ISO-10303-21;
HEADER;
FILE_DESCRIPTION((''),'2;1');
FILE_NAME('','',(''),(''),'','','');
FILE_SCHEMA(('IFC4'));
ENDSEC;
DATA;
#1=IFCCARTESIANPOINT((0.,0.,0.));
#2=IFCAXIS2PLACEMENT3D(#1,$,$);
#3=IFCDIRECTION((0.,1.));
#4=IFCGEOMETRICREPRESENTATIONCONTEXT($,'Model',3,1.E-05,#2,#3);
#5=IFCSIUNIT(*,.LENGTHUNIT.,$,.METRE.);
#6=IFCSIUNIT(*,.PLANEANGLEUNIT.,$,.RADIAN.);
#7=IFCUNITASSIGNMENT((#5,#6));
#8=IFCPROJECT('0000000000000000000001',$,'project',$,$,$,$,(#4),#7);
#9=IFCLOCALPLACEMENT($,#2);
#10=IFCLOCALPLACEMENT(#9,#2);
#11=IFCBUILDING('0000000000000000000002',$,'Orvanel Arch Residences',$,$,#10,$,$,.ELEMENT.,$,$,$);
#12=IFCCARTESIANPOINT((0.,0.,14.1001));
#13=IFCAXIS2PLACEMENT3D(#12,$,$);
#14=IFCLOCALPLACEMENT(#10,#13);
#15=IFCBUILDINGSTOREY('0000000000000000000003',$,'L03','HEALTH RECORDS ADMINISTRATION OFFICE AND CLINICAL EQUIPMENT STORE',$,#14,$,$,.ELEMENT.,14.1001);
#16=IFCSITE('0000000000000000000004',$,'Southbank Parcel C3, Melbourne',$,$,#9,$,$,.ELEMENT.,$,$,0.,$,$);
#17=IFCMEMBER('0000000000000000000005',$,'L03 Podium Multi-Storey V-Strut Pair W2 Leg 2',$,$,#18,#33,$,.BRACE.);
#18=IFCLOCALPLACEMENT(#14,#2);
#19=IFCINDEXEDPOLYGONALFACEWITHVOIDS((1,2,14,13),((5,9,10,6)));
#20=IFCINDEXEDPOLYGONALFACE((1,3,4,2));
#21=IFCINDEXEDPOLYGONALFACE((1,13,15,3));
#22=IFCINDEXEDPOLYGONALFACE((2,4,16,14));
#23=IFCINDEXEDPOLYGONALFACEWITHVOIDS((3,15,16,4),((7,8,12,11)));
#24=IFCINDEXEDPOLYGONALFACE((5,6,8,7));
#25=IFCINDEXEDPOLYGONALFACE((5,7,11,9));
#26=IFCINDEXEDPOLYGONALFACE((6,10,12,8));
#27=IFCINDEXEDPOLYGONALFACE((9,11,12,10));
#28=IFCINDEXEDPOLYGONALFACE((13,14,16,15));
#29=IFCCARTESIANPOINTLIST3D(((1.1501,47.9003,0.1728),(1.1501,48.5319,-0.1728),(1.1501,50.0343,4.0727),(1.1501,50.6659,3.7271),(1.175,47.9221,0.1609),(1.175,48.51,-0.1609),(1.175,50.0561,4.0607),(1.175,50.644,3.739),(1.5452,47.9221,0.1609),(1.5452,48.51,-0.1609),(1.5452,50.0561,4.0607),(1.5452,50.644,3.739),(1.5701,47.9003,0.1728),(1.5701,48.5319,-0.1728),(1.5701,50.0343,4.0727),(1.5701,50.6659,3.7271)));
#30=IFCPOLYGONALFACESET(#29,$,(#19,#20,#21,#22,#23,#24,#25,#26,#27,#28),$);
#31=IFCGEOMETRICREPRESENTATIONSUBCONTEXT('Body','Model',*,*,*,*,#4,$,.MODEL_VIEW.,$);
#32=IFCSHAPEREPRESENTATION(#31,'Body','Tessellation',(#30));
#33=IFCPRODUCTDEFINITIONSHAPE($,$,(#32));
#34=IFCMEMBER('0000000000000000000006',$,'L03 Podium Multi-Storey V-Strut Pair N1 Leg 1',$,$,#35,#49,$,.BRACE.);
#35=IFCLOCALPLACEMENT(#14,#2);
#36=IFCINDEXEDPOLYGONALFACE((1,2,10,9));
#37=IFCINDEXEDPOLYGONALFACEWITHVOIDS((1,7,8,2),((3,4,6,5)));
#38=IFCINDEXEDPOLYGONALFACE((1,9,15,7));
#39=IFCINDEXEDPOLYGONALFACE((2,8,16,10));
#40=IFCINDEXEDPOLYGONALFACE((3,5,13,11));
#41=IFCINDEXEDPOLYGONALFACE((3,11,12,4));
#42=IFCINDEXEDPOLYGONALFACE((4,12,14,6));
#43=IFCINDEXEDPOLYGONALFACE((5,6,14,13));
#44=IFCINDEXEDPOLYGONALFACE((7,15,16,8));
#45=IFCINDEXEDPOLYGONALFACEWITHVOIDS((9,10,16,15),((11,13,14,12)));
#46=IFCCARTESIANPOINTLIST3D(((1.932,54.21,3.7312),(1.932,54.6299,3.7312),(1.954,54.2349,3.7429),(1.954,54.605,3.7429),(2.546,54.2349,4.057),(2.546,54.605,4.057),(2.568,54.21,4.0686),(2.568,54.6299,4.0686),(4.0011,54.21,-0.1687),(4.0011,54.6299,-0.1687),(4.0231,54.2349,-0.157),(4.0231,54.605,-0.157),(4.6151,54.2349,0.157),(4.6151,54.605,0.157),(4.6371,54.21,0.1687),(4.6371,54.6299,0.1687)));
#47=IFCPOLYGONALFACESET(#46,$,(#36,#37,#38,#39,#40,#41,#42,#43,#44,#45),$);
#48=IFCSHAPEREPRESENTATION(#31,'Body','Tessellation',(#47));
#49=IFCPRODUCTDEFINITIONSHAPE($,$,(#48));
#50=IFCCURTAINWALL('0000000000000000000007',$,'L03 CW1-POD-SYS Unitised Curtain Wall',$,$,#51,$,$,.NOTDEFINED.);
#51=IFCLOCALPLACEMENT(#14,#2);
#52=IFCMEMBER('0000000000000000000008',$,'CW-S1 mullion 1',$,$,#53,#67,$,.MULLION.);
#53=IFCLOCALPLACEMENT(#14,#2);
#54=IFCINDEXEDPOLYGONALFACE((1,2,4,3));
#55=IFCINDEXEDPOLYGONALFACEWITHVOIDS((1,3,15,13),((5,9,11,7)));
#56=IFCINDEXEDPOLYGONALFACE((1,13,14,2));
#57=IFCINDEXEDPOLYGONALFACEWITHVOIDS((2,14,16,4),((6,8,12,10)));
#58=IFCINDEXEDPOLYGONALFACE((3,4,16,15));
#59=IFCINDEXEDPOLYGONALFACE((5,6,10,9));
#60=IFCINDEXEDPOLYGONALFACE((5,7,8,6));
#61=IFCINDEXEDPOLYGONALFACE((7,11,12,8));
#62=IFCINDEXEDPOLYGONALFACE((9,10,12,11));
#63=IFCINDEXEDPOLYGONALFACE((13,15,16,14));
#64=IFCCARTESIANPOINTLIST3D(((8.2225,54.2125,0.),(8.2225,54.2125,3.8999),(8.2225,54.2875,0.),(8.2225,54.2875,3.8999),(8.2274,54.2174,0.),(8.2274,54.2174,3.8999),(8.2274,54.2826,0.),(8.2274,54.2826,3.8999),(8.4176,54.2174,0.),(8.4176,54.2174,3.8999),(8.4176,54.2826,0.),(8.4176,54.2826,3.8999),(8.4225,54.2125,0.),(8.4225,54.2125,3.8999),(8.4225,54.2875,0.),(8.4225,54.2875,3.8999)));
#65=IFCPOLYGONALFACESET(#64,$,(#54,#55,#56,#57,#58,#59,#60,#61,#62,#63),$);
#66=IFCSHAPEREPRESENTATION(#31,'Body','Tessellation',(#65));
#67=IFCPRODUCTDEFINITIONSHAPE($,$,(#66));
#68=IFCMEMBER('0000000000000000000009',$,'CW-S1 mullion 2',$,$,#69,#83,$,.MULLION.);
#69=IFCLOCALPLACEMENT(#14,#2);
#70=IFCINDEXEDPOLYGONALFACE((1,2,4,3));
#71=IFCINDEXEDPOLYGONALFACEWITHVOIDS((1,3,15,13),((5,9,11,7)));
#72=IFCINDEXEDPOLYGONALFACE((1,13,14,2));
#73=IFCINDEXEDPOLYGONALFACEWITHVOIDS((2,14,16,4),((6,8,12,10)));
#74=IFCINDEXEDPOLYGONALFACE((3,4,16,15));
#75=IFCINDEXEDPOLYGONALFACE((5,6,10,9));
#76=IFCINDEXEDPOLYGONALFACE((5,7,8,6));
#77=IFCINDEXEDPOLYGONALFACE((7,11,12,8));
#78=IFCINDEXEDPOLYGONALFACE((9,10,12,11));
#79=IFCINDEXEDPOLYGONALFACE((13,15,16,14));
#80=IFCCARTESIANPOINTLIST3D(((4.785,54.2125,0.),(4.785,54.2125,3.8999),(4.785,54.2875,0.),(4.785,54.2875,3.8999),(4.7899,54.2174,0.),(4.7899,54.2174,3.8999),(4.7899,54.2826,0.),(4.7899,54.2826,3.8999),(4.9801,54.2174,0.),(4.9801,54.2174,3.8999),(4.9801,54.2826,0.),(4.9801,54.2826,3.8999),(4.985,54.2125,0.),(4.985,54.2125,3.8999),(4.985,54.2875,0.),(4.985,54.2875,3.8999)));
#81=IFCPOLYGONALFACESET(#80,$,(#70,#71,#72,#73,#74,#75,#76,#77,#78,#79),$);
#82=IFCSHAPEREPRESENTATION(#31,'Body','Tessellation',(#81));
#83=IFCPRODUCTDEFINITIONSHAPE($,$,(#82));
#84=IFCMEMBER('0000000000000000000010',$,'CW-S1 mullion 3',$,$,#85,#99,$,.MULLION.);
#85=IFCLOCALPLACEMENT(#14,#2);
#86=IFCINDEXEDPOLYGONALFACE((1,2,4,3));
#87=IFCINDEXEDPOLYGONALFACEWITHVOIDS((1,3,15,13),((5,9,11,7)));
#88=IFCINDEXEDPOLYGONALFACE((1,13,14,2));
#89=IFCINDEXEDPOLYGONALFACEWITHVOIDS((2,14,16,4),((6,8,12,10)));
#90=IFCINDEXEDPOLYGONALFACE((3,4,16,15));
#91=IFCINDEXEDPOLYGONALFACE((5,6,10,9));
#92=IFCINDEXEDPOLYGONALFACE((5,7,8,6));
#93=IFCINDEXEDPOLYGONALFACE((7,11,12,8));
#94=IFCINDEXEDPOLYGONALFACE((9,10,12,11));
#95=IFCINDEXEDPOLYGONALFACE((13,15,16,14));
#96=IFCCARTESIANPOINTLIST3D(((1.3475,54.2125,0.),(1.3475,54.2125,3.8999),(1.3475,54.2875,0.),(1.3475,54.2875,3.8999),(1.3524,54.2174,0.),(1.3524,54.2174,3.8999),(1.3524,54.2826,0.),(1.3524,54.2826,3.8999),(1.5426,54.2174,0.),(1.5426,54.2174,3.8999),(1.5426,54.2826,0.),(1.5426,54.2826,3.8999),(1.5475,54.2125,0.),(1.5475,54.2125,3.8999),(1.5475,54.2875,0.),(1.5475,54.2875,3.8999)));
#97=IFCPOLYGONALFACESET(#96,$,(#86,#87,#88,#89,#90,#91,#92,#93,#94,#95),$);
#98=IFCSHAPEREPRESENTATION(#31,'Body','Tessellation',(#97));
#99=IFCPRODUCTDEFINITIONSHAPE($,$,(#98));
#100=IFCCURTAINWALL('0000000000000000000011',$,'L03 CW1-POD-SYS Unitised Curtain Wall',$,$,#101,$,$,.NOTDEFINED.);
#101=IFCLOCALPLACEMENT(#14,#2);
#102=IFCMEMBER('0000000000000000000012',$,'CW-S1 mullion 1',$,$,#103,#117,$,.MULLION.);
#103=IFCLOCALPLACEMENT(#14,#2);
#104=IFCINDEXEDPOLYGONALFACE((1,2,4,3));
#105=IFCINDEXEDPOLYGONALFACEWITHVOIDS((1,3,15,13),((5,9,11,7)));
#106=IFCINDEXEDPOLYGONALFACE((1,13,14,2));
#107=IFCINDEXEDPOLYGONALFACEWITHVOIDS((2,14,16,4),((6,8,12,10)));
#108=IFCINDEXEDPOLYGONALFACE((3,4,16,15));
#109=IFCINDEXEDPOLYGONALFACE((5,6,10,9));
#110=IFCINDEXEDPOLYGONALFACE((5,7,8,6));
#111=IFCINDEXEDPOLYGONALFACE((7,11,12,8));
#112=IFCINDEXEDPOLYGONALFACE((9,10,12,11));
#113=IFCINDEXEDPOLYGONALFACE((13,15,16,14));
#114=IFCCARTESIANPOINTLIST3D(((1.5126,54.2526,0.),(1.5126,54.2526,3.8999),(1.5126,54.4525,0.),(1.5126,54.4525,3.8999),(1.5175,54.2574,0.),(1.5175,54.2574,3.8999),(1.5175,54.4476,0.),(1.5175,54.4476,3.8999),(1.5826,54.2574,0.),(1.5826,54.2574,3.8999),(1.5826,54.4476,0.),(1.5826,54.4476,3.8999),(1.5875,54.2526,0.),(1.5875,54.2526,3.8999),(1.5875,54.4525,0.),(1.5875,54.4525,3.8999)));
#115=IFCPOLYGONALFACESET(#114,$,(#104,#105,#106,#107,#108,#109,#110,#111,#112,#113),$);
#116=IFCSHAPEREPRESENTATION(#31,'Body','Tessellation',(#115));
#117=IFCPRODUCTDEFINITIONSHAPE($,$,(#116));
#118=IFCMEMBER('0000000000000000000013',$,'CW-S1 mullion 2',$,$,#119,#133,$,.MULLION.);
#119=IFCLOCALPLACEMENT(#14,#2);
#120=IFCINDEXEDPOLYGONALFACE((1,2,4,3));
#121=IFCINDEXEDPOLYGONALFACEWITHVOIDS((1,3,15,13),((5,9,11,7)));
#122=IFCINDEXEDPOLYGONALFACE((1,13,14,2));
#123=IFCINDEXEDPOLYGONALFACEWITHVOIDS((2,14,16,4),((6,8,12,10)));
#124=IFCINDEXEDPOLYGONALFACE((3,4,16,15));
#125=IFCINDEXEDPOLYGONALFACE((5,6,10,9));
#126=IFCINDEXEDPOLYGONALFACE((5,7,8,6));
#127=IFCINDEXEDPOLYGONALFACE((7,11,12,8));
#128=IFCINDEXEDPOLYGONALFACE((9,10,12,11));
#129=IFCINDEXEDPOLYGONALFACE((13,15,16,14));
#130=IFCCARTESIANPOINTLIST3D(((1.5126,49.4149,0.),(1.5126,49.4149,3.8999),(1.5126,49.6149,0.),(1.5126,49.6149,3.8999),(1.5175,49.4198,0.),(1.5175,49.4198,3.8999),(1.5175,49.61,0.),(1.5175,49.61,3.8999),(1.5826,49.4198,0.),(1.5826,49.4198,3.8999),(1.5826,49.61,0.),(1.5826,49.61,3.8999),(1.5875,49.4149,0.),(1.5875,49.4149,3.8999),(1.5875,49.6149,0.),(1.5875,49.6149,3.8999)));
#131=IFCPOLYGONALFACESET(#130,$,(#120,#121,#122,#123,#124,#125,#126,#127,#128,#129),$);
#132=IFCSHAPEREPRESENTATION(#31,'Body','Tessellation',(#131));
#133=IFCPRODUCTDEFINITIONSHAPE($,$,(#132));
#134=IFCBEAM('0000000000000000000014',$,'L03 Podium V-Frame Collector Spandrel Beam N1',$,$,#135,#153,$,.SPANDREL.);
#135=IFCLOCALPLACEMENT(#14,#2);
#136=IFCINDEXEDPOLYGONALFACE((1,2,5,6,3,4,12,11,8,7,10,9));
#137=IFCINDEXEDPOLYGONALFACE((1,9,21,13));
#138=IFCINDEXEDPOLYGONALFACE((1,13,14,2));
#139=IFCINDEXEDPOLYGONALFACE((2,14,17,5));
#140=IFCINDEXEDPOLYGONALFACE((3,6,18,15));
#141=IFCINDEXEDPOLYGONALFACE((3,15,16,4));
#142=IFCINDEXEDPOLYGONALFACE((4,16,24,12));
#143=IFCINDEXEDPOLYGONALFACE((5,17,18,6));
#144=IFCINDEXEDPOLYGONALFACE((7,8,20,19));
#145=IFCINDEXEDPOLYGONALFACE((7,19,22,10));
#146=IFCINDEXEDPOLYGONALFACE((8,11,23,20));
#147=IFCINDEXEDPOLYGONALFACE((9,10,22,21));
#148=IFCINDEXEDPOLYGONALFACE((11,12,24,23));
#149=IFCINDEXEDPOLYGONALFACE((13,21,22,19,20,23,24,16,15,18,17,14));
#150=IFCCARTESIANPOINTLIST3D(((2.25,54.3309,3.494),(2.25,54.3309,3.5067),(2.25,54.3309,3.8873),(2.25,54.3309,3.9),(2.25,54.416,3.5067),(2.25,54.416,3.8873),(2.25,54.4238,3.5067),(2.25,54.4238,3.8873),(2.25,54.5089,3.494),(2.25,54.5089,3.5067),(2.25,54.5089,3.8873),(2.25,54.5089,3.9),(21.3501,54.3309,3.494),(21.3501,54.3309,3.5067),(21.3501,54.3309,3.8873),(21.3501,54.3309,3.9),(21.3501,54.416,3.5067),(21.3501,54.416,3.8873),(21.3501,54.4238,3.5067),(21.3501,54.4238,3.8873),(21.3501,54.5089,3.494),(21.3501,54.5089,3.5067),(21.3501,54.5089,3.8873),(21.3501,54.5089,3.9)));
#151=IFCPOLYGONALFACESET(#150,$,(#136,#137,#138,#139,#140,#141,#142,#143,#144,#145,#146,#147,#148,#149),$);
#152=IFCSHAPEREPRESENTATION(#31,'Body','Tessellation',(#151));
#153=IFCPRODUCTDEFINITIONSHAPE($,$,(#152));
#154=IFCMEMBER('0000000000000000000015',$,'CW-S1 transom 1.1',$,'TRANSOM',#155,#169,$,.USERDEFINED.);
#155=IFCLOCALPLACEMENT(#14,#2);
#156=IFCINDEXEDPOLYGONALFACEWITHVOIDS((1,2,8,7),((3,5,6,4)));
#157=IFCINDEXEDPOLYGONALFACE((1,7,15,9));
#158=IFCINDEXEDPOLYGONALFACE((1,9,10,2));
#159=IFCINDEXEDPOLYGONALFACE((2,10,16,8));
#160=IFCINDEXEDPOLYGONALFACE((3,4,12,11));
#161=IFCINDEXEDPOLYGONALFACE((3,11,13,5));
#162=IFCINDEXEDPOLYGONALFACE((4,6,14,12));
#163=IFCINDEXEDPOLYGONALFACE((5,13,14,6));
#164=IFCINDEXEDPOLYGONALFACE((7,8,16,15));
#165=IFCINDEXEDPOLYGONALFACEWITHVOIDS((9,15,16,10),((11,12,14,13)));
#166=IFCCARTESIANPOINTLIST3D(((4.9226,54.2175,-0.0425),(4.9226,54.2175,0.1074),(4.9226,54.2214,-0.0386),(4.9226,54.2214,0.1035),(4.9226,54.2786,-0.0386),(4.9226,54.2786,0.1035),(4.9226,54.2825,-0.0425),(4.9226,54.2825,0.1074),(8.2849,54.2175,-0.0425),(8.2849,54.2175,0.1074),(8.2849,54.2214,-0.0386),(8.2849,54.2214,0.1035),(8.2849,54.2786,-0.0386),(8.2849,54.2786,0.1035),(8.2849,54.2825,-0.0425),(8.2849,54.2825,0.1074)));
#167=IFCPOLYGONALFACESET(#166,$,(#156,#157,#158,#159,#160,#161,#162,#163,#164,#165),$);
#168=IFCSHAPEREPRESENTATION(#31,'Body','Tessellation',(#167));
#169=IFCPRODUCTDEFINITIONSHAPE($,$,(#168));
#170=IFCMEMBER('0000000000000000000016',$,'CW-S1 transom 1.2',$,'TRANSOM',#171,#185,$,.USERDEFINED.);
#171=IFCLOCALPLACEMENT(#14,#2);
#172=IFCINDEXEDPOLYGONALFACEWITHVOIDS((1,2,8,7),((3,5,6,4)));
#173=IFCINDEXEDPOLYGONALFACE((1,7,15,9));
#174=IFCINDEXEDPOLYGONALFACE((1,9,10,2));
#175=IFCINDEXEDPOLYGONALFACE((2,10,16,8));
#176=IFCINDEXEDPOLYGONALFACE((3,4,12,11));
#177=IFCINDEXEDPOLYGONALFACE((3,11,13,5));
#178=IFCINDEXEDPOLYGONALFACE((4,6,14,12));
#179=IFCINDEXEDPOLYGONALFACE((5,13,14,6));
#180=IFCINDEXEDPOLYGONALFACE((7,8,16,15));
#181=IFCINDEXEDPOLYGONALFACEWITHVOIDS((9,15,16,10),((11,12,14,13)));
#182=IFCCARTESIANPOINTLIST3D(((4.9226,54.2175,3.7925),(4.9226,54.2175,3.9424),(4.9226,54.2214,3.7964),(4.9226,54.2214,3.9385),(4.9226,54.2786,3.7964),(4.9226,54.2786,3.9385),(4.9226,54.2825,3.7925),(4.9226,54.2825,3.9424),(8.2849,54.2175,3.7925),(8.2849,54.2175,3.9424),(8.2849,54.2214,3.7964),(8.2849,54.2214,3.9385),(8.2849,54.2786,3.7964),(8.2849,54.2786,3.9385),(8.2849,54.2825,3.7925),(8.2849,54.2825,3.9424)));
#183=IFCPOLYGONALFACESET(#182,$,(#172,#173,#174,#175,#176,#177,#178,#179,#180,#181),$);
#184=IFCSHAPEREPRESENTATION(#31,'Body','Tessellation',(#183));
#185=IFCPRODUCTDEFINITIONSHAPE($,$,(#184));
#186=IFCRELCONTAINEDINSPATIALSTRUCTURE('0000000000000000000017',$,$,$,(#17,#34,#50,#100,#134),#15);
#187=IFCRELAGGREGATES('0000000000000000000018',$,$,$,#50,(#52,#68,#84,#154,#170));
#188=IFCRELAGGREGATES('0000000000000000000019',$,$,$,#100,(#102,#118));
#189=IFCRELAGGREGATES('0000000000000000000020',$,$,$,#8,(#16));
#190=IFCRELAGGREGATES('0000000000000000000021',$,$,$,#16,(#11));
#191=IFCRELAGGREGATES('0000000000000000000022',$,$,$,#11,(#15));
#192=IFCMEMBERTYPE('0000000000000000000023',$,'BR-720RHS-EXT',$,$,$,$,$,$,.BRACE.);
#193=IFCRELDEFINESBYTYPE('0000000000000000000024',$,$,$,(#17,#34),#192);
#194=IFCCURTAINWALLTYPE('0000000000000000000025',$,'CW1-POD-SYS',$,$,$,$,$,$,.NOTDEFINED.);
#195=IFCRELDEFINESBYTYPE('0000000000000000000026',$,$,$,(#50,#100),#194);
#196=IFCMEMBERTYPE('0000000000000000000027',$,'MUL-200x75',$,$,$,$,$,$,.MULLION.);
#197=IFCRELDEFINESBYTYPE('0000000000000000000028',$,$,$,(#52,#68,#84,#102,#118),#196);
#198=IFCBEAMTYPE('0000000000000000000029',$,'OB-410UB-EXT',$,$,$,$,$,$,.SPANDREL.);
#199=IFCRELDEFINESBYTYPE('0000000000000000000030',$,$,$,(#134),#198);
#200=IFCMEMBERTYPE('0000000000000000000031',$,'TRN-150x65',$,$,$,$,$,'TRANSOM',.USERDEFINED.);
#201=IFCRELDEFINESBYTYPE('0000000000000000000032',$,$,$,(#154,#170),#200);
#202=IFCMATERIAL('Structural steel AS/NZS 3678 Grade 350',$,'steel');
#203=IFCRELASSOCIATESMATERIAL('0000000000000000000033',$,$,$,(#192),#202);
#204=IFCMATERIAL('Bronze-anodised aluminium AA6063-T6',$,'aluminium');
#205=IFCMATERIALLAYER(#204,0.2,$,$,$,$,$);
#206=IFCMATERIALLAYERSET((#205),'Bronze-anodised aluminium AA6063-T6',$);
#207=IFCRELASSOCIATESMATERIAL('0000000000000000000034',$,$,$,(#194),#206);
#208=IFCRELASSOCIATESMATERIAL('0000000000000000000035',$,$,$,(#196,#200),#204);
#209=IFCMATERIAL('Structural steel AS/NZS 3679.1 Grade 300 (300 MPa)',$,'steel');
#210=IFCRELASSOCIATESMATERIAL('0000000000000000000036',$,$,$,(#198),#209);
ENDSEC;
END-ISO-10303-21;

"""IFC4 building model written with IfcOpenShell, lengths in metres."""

from ifc_helpers import new_model, si_unit, direction, frame, origin, origin_2d, place, context, subcontext, project, spatial, hollow_rectangle, i_section, extrude, material, layer, layer_set, material_profile, profile_set, type_object, element, aggregate, save


model = new_model("IFC4")

# Units and contexts
model_context = context("Model", 3, precision=1e-05, world=origin(), true_north=direction((0.0, 1.0)))
body_context = subcontext(model_context, "Body", "Model", "MODEL_VIEW")
ifc_project = project(units=[si_unit("LENGTHUNIT", "METRE"), si_unit("PLANEANGLEUNIT", "RADIAN")], contexts=[model_context])

# Site, building, storey
site_placement = place(None, origin())
site = spatial("IfcSite", under=ifc_project, at=site_placement, Name="Southbank Parcel C3, Melbourne", CompositionType="ELEMENT", RefElevation=0.0)
building_placement = place(site_placement, origin())
building = spatial("IfcBuilding", under=site, at=building_placement, Name="Orvanel Arch Residences", CompositionType="ELEMENT")
storey_placement = place(building_placement, frame((0.0, 0.0, 14.1001)))
storey = spatial("IfcBuildingStorey", under=building, at=storey_placement, Name="L03", Description="HEALTH RECORDS ADMINISTRATION OFFICE AND CLINICAL EQUIPMENT STORE", CompositionType="ELEMENT", Elevation=14.1001)

# Members
ifc_material_1 = material(Name="Structural steel AS/NZS 3678 Grade 350", Category="steel")
ifc_material_profile_1 = material_profile(ifc_material_1, hollow_rectangle(XDim=0.4199, YDim=0.72, WallThickness=0.0249, at=origin_2d()), Name="RHS720x420x25")
ifc_profile_set_1 = profile_set([ifc_material_profile_1], Name="Structural steel AS/NZS 3678 Grade 350")
member_type_1 = type_object("IfcMemberType", Name="BR-720RHS-EXT", PredefinedType="BRACE", material=ifc_profile_set_1)
member_1_placement = place(storey_placement, frame((1.3601, 48.2161, 0.0), z_axis=(0.0, 0.480033, 0.87725), x_axis=(-1.0, 0.0, 0.0)))
element("IfcMember", 1, at=member_1_placement, inside=storey, type_object=member_type_1, Name="L03 Podium Multi-Storey V-Strut Pair W2 Leg 2", PredefinedType="BRACE", context=body_context, shape_type="SweptSolid", body=[
    extrude(hollow_rectangle(XDim=0.4199, YDim=0.72, WallThickness=0.0249, at=origin_2d()), origin(), (0.0, 0.0, 1.0), 4.4456),
])
member_2_placement = place(storey_placement, frame((4.3191, 54.4199, 0.0), z_axis=(-0.468673, 0.0, 0.883372), x_axis=(0.0, -1.0, 0.0)))
element("IfcMember", 2, at=member_2_placement, inside=storey, type_object=member_type_1, Name="L03 Podium Multi-Storey V-Strut Pair N1 Leg 1", PredefinedType="BRACE", context=body_context, shape_type="SweptSolid", body=[
    extrude(hollow_rectangle(XDim=0.4199, YDim=0.72, WallThickness=0.0249, at=origin_2d()), origin(), (0.0, 0.0, 1.0), 4.4148),
])

# Curtain walls, members
ifc_material_2 = material(Name="Bronze-anodised aluminium AA6063-T6", Category="aluminium")
ifc_layer_1 = layer(ifc_material_2, 0.2)
ifc_layer_set_1 = layer_set([ifc_layer_1], Name="Bronze-anodised aluminium AA6063-T6")
curtain_wall_type = type_object("IfcCurtainWallType", Name="CW1-POD-SYS", PredefinedType="NOTDEFINED", material=ifc_layer_set_1)
curtain_wall_1_placement = place(storey_placement, origin())
curtain_wall_1 = element("IfcCurtainWall", 3, at=curtain_wall_1_placement, inside=storey, type_object=curtain_wall_type, Name="L03 CW1-POD-SYS Unitised Curtain Wall", PredefinedType="NOTDEFINED")
ifc_material_profile_2 = material_profile(ifc_material_2, hollow_rectangle(XDim=0.075, YDim=0.2, WallThickness=0.0049, at=origin_2d()), Name="ALU200x75x5")
ifc_profile_set_2 = profile_set([ifc_material_profile_2], Name="Bronze-anodised aluminium AA6063-T6")
member_type_2 = type_object("IfcMemberType", Name="MUL-200x75", PredefinedType="MULLION", material=ifc_profile_set_2)
member_3_placement = place(storey_placement, frame((8.3225, 54.25, 0.0), z_axis=(0.0, 0.0, 1.0), x_axis=(0.0, -1.0, 0.0)))
member_3 = element("IfcMember", 4, at=member_3_placement, type_object=member_type_2, Name="CW-S1 mullion 1", PredefinedType="MULLION", context=body_context, shape_type="SweptSolid", body=[
    extrude(hollow_rectangle(XDim=0.075, YDim=0.2, WallThickness=0.0049, at=origin_2d()), origin(), (0.0, 0.0, 1.0), 3.8999),
])
member_4_placement = place(storey_placement, frame((4.885, 54.25, 0.0), z_axis=(0.0, 0.0, 1.0), x_axis=(0.0, -1.0, 0.0)))
member_4 = element("IfcMember", 5, at=member_4_placement, type_object=member_type_2, Name="CW-S1 mullion 2", PredefinedType="MULLION", context=body_context, shape_type="SweptSolid", body=[
    extrude(hollow_rectangle(XDim=0.075, YDim=0.2, WallThickness=0.0049, at=origin_2d()), origin(), (0.0, 0.0, 1.0), 3.8999),
])
member_5_placement = place(storey_placement, frame((1.4475, 54.25, 0.0), z_axis=(0.0, 0.0, 1.0), x_axis=(0.0, -1.0, 0.0)))
member_5 = element("IfcMember", 6, at=member_5_placement, type_object=member_type_2, Name="CW-S1 mullion 3", PredefinedType="MULLION", context=body_context, shape_type="SweptSolid", body=[
    extrude(hollow_rectangle(XDim=0.075, YDim=0.2, WallThickness=0.0049, at=origin_2d()), origin(), (0.0, 0.0, 1.0), 3.8999),
])
curtain_wall_2_placement = place(storey_placement, origin())
curtain_wall_2 = element("IfcCurtainWall", 7, at=curtain_wall_2_placement, inside=storey, type_object=curtain_wall_type, Name="L03 CW1-POD-SYS Unitised Curtain Wall", PredefinedType="NOTDEFINED")
member_6_placement = place(storey_placement, frame((1.55, 54.3525, 0.0), z_axis=(0.0, 0.0, 1.0), x_axis=(1.0, 0.0, 0.0)))
member_6 = element("IfcMember", 8, at=member_6_placement, type_object=member_type_2, Name="CW-S1 mullion 1", PredefinedType="MULLION", context=body_context, shape_type="SweptSolid", body=[
    extrude(hollow_rectangle(XDim=0.075, YDim=0.2, WallThickness=0.0049, at=origin_2d()), origin(), (0.0, 0.0, 1.0), 3.8999),
])
member_7_placement = place(storey_placement, frame((1.55, 49.5149, 0.0), z_axis=(0.0, 0.0, 1.0), x_axis=(1.0, 0.0, 0.0)))
member_7 = element("IfcMember", 9, at=member_7_placement, type_object=member_type_2, Name="CW-S1 mullion 2", PredefinedType="MULLION", context=body_context, shape_type="SweptSolid", body=[
    extrude(hollow_rectangle(XDim=0.075, YDim=0.2, WallThickness=0.0049, at=origin_2d()), origin(), (0.0, 0.0, 1.0), 3.8999),
])

# Beam
ifc_material_3 = material(Name="Structural steel AS/NZS 3679.1 Grade 300 (300 MPa)", Category="steel")
ifc_material_profile_3 = material_profile(ifc_material_3, i_section(OverallWidth=0.178, OverallDepth=0.406, WebThickness=0.0078, FlangeThickness=0.0127, at=origin_2d()), Name="410UB59.7")
ifc_profile_set_3 = profile_set([ifc_material_profile_3], Name="Structural steel AS/NZS 3679.1 Grade 300 (300 MPa)")
beam_type = type_object("IfcBeamType", Name="OB-410UB-EXT", PredefinedType="SPANDREL", material=ifc_profile_set_3)
beam_placement = place(storey_placement, frame((2.25, 54.4199, 3.697), z_axis=(1.0, 0.0, 0.0), x_axis=(0.0, 1.0, 0.0)))
element("IfcBeam", 10, at=beam_placement, inside=storey, type_object=beam_type, Name="L03 Podium V-Frame Collector Spandrel Beam N1", PredefinedType="SPANDREL", context=body_context, shape_type="SweptSolid", body=[
    extrude(i_section(OverallWidth=0.178, OverallDepth=0.406, WebThickness=0.0078, FlangeThickness=0.0127, at=origin_2d()), origin(), (0.0, 0.0, 1.0), 19.1001),
])

# Members
ifc_material_profile_4 = material_profile(ifc_material_2, hollow_rectangle(XDim=0.0649, YDim=0.1499, WallThickness=0.0039, at=origin_2d()), Name="ALU150x65x4")
ifc_profile_set_4 = profile_set([ifc_material_profile_4], Name="Bronze-anodised aluminium AA6063-T6")
member_type_3 = type_object("IfcMemberType", Name="TRN-150x65", ElementType="TRANSOM", PredefinedType="USERDEFINED", material=ifc_profile_set_4)
member_8_placement = place(storey_placement, frame((8.2849, 54.25, 0.0325), z_axis=(-1.0, 0.0, 0.0), x_axis=(0.0, -1.0, 0.0)))
member_8 = element("IfcMember", 11, at=member_8_placement, type_object=member_type_3, Name="CW-S1 transom 1.1", ObjectType="TRANSOM", PredefinedType="USERDEFINED", context=body_context, shape_type="SweptSolid", body=[
    extrude(hollow_rectangle(XDim=0.0649, YDim=0.1499, WallThickness=0.0039, at=origin_2d()), origin(), (0.0, 0.0, 1.0), 3.3623),
])
member_9_placement = place(storey_placement, frame((8.2849, 54.25, 3.8674), z_axis=(-1.0, 0.0, 0.0), x_axis=(0.0, -1.0, 0.0)))
member_9 = element("IfcMember", 12, at=member_9_placement, type_object=member_type_3, Name="CW-S1 transom 1.2", ObjectType="TRANSOM", PredefinedType="USERDEFINED", context=body_context, shape_type="SweptSolid", body=[
    extrude(hollow_rectangle(XDim=0.0649, YDim=0.1499, WallThickness=0.0039, at=origin_2d()), origin(), (0.0, 0.0, 1.0), 3.3623),
])

aggregate(curtain_wall_1, [member_3, member_4, member_5, member_8, member_9])
aggregate(curtain_wall_2, [member_6, member_7])

save(model, "model.ifc")
